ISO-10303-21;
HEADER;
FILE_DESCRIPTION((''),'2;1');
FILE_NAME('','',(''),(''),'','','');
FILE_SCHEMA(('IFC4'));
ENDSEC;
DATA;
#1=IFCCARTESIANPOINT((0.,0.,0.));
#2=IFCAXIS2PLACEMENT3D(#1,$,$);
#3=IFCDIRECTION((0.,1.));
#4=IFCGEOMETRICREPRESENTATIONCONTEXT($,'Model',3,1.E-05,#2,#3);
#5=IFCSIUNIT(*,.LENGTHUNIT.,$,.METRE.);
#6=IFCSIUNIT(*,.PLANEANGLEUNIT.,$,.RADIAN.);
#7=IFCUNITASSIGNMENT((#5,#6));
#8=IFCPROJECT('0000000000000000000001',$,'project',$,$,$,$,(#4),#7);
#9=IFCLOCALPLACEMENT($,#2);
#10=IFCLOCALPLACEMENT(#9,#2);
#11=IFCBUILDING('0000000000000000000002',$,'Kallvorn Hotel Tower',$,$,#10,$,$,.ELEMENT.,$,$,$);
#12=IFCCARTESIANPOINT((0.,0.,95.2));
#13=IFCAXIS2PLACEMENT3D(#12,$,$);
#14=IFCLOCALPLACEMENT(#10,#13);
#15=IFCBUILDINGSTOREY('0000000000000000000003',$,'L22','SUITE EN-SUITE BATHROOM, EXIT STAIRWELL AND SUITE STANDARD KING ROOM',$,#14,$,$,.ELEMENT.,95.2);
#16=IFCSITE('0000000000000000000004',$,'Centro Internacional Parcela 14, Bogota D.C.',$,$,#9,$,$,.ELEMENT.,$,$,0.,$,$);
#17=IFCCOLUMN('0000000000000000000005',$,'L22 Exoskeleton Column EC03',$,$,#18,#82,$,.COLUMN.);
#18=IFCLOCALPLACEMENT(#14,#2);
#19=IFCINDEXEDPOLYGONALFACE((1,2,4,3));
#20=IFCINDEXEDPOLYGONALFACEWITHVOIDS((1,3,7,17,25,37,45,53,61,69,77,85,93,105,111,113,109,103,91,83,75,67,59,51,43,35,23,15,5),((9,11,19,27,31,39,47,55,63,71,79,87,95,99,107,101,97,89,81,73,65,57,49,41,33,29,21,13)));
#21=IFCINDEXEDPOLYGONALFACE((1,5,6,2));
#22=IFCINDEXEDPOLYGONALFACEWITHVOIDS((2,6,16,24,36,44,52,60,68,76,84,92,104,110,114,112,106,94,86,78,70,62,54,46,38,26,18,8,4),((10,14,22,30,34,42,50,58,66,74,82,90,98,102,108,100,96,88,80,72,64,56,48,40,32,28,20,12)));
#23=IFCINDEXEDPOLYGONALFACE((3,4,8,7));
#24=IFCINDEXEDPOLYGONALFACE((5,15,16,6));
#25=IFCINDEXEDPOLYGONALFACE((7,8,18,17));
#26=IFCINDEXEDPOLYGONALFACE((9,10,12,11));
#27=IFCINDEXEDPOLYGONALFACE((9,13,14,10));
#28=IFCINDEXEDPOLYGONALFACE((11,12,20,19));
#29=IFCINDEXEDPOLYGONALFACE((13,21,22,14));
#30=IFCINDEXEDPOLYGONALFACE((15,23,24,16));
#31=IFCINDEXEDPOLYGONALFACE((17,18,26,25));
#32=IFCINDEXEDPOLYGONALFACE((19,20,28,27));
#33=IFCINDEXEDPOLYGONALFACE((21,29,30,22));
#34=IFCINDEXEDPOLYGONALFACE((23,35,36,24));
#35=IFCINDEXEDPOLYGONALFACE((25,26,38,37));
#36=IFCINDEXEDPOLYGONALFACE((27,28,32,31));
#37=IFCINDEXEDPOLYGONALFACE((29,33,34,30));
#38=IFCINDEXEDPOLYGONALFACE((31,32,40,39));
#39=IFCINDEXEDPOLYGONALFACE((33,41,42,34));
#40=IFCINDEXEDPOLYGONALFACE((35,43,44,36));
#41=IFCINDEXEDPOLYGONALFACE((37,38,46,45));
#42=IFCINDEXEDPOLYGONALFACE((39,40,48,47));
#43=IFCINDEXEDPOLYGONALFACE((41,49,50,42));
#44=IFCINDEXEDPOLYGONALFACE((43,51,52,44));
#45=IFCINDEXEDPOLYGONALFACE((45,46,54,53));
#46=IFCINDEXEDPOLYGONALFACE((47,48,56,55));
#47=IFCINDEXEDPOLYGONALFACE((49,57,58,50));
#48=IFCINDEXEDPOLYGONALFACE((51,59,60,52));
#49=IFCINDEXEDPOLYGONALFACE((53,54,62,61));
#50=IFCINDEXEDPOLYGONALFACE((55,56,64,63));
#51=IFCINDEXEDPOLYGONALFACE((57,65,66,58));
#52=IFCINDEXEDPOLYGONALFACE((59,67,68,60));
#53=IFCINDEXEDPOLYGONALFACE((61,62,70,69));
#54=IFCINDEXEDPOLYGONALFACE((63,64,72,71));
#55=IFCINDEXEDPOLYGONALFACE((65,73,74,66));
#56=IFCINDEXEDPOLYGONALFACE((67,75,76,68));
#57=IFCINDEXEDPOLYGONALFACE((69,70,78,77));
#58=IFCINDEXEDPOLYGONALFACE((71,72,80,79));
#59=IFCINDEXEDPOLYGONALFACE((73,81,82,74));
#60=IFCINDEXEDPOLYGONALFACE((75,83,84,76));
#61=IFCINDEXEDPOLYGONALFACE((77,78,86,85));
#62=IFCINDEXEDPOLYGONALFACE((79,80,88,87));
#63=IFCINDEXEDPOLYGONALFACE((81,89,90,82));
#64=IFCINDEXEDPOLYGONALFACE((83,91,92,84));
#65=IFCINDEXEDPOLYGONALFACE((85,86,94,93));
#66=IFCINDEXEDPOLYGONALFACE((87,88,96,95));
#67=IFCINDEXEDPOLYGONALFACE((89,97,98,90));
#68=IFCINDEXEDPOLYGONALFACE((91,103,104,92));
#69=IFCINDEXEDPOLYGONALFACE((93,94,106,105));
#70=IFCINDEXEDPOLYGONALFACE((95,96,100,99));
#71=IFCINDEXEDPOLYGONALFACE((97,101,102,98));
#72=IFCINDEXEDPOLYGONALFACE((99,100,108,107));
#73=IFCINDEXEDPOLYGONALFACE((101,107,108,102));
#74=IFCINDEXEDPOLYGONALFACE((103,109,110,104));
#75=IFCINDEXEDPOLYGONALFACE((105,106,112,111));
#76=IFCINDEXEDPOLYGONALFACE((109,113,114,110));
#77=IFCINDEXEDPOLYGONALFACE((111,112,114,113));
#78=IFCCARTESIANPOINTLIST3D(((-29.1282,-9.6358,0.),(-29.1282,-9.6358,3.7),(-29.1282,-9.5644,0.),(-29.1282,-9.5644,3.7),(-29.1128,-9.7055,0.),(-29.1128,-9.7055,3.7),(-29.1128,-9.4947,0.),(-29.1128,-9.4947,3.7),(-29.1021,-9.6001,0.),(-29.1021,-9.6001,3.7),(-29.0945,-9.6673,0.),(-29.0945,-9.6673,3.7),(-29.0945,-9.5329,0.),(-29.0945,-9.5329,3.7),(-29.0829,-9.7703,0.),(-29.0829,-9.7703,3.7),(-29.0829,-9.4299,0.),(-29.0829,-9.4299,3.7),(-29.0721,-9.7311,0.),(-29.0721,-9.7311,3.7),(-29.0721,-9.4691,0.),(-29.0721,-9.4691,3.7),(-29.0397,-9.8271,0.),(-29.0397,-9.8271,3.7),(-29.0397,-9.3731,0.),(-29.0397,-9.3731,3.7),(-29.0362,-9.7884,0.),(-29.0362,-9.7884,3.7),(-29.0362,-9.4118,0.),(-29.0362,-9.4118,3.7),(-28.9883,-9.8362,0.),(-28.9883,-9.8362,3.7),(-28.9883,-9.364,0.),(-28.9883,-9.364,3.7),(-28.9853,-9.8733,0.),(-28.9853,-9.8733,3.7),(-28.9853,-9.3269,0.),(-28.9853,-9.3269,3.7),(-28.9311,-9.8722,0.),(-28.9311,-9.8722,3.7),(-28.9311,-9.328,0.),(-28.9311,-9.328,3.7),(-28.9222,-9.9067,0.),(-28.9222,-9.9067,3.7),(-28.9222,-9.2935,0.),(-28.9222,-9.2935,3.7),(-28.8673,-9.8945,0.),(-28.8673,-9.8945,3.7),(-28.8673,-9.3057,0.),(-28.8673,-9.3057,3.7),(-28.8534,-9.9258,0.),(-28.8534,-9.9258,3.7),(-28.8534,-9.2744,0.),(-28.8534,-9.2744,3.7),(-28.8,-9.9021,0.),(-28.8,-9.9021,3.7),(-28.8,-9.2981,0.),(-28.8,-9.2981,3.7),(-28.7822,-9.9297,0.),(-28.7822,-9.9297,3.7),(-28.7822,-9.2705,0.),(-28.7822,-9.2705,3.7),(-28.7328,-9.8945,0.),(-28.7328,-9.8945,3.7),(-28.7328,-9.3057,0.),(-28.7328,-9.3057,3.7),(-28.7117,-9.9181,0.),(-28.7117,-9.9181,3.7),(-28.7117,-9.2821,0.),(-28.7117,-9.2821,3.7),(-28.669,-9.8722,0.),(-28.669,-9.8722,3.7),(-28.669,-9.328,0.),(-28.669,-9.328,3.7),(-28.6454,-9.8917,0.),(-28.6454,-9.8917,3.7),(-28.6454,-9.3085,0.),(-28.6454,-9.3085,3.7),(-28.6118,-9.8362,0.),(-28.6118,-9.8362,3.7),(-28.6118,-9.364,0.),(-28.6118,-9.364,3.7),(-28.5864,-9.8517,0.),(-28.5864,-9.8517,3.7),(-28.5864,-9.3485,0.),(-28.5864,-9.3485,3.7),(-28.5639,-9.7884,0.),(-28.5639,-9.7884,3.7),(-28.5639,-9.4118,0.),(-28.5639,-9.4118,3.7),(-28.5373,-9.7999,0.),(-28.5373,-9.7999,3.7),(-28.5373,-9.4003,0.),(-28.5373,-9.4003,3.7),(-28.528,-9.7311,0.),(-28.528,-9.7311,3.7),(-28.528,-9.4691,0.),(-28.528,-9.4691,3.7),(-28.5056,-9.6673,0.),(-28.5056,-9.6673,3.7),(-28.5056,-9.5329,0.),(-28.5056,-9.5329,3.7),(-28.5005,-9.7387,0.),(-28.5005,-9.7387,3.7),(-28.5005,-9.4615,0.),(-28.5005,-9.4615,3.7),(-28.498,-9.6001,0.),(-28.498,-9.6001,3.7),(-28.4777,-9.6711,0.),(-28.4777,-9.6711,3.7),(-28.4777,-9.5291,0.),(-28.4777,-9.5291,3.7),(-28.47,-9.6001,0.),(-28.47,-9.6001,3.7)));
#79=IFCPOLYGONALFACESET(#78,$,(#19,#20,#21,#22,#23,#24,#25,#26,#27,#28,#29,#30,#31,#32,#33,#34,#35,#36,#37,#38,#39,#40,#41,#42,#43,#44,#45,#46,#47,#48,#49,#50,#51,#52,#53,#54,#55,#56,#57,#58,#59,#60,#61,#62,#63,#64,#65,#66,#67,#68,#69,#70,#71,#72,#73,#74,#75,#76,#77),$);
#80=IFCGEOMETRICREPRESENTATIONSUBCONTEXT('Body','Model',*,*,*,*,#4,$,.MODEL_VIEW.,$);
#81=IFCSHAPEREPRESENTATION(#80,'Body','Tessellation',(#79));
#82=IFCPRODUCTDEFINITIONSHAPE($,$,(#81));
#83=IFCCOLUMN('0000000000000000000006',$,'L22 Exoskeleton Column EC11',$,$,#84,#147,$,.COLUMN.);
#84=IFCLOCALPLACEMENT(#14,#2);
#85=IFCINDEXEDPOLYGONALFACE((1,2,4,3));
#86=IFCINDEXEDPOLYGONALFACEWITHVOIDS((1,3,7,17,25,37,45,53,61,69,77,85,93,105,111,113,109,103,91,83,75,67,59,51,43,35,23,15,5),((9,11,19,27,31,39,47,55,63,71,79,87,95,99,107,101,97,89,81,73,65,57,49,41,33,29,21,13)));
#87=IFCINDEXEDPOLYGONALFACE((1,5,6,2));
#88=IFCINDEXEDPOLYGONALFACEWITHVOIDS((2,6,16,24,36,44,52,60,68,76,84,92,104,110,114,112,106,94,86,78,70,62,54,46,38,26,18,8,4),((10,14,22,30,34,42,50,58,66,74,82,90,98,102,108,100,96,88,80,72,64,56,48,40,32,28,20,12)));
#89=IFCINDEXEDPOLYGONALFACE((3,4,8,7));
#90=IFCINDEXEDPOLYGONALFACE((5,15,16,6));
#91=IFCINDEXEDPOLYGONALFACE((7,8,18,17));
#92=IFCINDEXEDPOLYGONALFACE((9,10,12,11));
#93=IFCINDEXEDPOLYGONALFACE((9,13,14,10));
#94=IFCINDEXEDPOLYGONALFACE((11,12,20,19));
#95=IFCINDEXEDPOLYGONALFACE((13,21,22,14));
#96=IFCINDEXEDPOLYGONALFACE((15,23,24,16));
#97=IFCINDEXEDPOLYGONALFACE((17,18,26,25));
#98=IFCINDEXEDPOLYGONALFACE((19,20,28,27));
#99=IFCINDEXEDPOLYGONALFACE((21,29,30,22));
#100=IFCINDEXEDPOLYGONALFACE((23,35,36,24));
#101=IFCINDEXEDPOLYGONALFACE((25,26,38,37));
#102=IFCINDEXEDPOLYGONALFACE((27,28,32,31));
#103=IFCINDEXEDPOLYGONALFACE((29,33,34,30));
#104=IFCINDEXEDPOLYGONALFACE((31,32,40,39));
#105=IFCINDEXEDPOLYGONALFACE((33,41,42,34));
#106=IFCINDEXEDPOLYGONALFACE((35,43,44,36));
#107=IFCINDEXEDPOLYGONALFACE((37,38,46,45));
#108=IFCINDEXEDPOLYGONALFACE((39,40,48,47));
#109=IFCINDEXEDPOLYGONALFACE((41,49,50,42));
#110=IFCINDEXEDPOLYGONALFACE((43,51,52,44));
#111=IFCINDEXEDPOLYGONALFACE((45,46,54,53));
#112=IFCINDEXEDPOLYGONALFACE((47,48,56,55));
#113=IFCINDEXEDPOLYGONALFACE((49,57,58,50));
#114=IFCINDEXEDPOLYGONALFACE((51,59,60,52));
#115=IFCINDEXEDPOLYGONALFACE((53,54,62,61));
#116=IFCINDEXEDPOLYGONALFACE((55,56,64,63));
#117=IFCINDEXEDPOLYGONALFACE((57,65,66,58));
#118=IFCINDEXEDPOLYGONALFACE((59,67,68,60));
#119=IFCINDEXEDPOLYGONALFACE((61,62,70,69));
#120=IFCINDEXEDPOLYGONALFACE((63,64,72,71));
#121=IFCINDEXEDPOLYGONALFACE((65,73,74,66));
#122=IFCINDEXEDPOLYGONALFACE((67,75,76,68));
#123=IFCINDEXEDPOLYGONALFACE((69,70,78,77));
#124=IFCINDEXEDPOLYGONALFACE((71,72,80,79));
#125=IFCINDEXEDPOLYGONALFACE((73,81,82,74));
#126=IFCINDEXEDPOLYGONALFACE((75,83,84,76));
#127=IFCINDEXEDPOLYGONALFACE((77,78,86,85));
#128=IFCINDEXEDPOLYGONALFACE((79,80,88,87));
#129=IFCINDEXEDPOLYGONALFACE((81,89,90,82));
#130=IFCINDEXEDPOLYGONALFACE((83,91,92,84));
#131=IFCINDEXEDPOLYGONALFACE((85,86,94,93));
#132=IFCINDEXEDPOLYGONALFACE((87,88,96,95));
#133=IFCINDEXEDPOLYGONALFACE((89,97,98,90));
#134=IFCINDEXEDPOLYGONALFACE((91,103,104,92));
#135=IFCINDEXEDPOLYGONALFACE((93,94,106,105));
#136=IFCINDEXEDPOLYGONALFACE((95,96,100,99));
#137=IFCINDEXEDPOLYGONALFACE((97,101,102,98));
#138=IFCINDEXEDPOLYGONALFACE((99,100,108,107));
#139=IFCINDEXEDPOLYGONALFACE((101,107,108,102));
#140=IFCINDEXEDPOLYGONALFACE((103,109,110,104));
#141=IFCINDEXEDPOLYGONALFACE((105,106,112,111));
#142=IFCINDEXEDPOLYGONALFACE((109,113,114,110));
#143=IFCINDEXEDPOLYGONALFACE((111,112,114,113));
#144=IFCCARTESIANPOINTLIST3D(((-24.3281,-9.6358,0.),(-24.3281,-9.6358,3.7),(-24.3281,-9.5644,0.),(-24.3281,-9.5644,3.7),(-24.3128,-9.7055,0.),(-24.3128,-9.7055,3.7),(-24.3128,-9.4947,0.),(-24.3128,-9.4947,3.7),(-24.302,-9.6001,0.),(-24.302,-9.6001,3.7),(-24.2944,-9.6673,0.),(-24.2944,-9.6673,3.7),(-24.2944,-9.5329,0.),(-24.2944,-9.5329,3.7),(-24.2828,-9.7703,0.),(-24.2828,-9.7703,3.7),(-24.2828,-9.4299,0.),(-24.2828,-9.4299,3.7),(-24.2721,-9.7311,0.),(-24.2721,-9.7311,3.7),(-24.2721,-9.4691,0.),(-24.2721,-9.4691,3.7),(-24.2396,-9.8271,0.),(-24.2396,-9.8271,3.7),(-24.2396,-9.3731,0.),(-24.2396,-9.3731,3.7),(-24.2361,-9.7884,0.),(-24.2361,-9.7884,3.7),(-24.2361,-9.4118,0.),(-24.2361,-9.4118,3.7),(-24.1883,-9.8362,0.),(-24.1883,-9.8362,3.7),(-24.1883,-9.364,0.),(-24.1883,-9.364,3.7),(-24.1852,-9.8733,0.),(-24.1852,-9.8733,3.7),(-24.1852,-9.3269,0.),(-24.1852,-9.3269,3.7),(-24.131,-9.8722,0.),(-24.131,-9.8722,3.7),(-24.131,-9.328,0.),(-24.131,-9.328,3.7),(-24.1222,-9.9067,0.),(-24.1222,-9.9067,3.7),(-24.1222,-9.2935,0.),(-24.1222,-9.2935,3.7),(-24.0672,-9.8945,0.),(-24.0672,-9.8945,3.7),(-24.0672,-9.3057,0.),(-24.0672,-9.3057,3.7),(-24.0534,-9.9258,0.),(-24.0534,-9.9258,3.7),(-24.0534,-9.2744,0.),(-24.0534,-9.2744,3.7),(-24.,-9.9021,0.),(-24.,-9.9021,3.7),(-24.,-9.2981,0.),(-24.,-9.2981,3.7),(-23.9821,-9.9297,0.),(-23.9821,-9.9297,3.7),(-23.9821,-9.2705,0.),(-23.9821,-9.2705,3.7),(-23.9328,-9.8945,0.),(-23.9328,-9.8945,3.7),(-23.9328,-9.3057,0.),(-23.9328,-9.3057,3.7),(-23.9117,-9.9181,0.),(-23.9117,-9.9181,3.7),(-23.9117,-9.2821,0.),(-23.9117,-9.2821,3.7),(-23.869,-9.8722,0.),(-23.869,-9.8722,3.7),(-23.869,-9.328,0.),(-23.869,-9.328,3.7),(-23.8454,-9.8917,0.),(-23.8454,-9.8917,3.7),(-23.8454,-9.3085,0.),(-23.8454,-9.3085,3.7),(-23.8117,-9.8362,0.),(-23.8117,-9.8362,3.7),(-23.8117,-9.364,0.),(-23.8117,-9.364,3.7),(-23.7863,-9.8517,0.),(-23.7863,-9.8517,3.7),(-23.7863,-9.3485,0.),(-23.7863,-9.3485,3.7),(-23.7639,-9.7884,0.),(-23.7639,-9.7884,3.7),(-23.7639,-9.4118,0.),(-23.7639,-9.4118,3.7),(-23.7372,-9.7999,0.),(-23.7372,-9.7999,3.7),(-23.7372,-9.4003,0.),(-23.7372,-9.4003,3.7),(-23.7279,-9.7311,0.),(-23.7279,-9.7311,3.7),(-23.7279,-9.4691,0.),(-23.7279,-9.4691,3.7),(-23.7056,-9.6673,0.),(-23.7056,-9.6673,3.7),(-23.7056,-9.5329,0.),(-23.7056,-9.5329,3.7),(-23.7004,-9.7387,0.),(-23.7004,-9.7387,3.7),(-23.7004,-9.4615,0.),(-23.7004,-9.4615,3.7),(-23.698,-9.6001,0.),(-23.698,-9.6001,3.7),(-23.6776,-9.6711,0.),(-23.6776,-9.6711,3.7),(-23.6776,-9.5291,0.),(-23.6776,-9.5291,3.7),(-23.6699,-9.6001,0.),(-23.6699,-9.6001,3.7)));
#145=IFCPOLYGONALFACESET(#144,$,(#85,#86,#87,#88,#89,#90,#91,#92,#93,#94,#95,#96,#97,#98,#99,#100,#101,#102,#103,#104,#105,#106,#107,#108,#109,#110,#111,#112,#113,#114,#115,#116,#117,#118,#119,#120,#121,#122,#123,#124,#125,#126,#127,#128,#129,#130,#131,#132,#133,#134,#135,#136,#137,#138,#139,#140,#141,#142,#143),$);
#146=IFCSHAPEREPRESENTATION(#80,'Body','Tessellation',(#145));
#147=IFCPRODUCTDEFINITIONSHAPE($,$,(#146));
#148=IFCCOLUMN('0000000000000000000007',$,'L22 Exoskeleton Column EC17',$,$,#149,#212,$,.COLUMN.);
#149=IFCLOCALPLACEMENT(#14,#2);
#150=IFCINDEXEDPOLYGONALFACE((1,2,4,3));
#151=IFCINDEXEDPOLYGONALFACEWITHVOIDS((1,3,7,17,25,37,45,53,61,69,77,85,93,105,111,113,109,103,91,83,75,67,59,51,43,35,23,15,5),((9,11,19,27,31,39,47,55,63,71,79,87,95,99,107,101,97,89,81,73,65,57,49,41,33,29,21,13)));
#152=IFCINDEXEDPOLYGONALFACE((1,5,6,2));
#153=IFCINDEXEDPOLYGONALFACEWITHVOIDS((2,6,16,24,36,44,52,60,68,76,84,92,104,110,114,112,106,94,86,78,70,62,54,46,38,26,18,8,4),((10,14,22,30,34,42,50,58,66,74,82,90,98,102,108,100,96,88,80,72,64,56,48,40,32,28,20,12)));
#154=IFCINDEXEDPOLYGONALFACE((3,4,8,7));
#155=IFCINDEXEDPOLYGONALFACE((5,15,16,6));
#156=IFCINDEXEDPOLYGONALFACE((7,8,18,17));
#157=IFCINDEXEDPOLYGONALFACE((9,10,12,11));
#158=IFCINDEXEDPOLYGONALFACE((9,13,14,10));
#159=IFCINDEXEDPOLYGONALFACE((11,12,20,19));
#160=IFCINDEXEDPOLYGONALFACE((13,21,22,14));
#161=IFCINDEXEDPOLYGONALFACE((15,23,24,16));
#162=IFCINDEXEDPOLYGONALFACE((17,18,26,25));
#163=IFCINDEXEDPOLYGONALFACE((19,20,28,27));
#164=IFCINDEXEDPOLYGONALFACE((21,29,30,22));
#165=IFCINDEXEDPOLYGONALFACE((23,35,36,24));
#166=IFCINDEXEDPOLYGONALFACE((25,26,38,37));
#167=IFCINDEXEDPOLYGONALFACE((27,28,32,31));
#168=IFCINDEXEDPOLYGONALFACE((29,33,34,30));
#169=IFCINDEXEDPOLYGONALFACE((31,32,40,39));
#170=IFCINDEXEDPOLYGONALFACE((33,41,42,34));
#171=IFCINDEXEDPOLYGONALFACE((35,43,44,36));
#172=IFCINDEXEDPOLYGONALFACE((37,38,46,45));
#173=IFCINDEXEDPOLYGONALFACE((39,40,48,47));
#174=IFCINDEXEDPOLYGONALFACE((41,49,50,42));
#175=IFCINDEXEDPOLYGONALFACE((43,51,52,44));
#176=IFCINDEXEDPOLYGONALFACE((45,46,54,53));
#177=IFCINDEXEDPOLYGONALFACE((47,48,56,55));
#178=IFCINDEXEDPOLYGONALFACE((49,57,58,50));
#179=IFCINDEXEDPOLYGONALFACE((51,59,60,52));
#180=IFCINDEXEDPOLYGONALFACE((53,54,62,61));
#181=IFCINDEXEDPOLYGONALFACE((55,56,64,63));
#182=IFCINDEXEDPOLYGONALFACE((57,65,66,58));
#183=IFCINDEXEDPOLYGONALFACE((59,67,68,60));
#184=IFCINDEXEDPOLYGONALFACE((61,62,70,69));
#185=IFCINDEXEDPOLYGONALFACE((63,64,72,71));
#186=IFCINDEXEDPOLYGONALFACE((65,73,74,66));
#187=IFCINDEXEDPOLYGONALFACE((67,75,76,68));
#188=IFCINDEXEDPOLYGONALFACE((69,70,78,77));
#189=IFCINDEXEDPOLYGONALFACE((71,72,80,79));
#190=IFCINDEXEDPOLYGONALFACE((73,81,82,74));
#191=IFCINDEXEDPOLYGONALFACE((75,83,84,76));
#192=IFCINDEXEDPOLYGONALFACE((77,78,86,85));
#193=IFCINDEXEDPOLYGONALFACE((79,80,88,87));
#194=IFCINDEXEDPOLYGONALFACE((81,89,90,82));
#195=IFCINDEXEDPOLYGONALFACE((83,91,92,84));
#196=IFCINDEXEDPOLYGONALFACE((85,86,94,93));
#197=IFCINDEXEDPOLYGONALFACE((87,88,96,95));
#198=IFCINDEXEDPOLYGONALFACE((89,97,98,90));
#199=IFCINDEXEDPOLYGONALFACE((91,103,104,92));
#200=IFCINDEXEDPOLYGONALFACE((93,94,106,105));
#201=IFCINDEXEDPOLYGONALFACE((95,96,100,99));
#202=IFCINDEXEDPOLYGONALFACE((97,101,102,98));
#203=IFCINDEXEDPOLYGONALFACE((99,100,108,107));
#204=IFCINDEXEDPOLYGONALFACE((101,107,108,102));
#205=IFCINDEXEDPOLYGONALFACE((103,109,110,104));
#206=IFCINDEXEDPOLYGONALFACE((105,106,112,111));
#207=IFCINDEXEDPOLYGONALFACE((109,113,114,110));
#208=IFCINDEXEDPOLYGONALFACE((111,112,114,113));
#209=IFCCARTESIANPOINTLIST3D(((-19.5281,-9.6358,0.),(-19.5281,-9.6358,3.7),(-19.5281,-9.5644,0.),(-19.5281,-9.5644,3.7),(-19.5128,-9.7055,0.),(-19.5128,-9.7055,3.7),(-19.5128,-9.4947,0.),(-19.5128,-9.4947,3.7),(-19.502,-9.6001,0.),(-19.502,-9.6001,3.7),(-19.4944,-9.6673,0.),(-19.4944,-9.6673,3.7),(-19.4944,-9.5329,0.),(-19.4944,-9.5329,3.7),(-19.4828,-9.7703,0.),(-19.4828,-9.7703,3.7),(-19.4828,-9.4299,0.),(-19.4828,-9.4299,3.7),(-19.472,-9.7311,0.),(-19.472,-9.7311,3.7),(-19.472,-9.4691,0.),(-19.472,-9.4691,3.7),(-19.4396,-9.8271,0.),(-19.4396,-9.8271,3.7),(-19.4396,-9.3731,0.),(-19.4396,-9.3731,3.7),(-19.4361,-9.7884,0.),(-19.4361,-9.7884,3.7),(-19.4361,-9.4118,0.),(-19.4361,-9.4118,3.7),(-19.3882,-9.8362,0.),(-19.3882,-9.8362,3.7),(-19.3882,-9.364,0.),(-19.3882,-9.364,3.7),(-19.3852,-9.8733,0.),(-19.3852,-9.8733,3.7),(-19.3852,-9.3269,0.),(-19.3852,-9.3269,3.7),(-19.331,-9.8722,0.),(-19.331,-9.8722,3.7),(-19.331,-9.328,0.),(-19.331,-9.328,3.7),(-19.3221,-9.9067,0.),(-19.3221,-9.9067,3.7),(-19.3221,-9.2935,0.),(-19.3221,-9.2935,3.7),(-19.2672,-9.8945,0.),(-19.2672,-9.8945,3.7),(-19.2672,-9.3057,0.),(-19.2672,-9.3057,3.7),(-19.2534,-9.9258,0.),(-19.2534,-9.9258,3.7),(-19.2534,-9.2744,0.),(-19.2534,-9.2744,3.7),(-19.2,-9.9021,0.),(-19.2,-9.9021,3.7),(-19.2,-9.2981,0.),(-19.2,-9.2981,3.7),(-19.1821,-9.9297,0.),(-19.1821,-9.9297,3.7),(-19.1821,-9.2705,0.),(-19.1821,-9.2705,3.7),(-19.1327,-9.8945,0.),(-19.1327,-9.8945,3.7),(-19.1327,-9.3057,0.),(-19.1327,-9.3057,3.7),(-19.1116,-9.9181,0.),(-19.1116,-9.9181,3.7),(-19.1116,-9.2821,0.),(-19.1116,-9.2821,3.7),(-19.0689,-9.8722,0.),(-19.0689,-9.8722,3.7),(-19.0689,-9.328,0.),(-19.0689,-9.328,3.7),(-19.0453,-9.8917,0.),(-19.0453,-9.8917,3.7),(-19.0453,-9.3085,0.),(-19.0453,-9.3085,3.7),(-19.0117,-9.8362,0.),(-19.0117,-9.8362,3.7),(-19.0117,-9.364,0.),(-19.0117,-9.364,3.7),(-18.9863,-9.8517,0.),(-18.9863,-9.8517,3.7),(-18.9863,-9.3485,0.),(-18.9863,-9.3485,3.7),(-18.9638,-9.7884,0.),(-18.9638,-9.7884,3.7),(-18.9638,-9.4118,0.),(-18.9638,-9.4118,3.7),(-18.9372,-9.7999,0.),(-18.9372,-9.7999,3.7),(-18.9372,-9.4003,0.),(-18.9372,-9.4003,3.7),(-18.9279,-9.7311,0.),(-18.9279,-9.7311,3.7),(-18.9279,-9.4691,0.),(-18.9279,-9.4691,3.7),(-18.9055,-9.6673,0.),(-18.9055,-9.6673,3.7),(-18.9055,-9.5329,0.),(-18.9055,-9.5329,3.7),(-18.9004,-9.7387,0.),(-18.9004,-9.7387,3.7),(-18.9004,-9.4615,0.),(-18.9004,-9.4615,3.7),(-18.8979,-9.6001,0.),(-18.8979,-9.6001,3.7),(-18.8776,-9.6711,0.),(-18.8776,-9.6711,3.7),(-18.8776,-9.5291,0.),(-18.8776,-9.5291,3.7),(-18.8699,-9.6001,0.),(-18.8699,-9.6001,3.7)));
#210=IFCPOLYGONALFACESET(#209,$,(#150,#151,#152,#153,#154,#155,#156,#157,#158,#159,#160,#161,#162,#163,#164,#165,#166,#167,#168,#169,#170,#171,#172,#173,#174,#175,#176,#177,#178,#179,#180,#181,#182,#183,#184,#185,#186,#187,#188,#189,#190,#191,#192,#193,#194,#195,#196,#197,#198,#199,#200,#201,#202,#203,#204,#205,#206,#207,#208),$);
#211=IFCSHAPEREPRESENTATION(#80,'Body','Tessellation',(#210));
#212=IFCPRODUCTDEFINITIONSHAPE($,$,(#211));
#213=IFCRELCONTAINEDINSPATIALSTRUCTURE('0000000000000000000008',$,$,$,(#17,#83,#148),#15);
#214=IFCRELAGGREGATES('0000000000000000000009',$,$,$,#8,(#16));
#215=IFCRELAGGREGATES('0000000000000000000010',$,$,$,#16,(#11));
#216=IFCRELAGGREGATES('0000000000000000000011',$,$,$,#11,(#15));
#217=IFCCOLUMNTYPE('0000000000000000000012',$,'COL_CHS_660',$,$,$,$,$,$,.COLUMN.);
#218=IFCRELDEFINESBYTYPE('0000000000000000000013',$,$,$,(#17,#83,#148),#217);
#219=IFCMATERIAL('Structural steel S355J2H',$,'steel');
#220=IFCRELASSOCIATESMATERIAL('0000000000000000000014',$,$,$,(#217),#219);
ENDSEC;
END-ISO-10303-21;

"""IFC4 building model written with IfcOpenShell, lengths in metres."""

from ifc_helpers import new_model, si_unit, direction, frame, origin, origin_2d, place, context, subcontext, project, spatial, hollow_circle, extrude, material, material_profile, profile_set, type_object, element, save


model = new_model("IFC4")

# Units and contexts
model_context = context("Model", 3, precision=1e-05, world=origin(), true_north=direction((0.0, 1.0)))
body_context = subcontext(model_context, "Body", "Model", "MODEL_VIEW")
ifc_project = project(units=[si_unit("LENGTHUNIT", "METRE"), si_unit("PLANEANGLEUNIT", "RADIAN")], contexts=[model_context])

# Site, building, storey
site_placement = place(None, origin())
site = spatial("IfcSite", under=ifc_project, at=site_placement, Name="Centro Internacional Parcela 14, Bogota D.C.", CompositionType="ELEMENT", RefElevation=0.0)
building_placement = place(site_placement, origin())
building = spatial("IfcBuilding", under=site, at=building_placement, Name="Kallvorn Hotel Tower", CompositionType="ELEMENT")
storey_placement = place(building_placement, frame((0.0, 0.0, 95.2)))
storey = spatial("IfcBuildingStorey", under=building, at=storey_placement, Name="L22", Description="SUITE EN-SUITE BATHROOM, EXIT STAIRWELL AND SUITE STANDARD KING ROOM", CompositionType="ELEMENT", Elevation=95.2)

# Columns
ifc_material_1 = material(Name="Structural steel S355J2H", Category="steel")
ifc_material_profile_1 = material_profile(ifc_material_1, hollow_circle(Radius=0.3301, WallThickness=0.0281, at=origin_2d()), Name="CHS 660x28")
ifc_profile_set_1 = profile_set([ifc_material_profile_1], Name="Structural steel S355J2H")
column_type_1 = type_object("IfcColumnType", Name="COL_CHS_660", PredefinedType="COLUMN", material=ifc_profile_set_1)
for number, where, z_axis, x_axis, name in (
    (1, (-28.8, -9.6001, 0.0), (0.0, 0.0, 1.0), (1.0, 0.0, 0.0), "L22 Exoskeleton Column EC03"),
    (2, (-24.0, -9.6001, 0.0), (0.0, 0.0, 1.0), (1.0, 0.0, 0.0), "L22 Exoskeleton Column EC11"),
    (3, (-19.2, -9.6001, 0.0), (0.0, 0.0, 1.0), (1.0, 0.0, 0.0), "L22 Exoskeleton Column EC17"),
):
    element("IfcColumn", number, at=place(storey_placement, frame(where, z_axis=z_axis, x_axis=x_axis)), inside=storey, type_object=column_type_1, Name=name, PredefinedType="COLUMN", context=body_context, shape_type="SweptSolid", body=[
        extrude(hollow_circle(Radius=0.3301, WallThickness=0.0281, at=origin_2d()), origin(), (0.0, 0.0, 1.0), 3.7),
    ])

save(model, "model.ifc")
